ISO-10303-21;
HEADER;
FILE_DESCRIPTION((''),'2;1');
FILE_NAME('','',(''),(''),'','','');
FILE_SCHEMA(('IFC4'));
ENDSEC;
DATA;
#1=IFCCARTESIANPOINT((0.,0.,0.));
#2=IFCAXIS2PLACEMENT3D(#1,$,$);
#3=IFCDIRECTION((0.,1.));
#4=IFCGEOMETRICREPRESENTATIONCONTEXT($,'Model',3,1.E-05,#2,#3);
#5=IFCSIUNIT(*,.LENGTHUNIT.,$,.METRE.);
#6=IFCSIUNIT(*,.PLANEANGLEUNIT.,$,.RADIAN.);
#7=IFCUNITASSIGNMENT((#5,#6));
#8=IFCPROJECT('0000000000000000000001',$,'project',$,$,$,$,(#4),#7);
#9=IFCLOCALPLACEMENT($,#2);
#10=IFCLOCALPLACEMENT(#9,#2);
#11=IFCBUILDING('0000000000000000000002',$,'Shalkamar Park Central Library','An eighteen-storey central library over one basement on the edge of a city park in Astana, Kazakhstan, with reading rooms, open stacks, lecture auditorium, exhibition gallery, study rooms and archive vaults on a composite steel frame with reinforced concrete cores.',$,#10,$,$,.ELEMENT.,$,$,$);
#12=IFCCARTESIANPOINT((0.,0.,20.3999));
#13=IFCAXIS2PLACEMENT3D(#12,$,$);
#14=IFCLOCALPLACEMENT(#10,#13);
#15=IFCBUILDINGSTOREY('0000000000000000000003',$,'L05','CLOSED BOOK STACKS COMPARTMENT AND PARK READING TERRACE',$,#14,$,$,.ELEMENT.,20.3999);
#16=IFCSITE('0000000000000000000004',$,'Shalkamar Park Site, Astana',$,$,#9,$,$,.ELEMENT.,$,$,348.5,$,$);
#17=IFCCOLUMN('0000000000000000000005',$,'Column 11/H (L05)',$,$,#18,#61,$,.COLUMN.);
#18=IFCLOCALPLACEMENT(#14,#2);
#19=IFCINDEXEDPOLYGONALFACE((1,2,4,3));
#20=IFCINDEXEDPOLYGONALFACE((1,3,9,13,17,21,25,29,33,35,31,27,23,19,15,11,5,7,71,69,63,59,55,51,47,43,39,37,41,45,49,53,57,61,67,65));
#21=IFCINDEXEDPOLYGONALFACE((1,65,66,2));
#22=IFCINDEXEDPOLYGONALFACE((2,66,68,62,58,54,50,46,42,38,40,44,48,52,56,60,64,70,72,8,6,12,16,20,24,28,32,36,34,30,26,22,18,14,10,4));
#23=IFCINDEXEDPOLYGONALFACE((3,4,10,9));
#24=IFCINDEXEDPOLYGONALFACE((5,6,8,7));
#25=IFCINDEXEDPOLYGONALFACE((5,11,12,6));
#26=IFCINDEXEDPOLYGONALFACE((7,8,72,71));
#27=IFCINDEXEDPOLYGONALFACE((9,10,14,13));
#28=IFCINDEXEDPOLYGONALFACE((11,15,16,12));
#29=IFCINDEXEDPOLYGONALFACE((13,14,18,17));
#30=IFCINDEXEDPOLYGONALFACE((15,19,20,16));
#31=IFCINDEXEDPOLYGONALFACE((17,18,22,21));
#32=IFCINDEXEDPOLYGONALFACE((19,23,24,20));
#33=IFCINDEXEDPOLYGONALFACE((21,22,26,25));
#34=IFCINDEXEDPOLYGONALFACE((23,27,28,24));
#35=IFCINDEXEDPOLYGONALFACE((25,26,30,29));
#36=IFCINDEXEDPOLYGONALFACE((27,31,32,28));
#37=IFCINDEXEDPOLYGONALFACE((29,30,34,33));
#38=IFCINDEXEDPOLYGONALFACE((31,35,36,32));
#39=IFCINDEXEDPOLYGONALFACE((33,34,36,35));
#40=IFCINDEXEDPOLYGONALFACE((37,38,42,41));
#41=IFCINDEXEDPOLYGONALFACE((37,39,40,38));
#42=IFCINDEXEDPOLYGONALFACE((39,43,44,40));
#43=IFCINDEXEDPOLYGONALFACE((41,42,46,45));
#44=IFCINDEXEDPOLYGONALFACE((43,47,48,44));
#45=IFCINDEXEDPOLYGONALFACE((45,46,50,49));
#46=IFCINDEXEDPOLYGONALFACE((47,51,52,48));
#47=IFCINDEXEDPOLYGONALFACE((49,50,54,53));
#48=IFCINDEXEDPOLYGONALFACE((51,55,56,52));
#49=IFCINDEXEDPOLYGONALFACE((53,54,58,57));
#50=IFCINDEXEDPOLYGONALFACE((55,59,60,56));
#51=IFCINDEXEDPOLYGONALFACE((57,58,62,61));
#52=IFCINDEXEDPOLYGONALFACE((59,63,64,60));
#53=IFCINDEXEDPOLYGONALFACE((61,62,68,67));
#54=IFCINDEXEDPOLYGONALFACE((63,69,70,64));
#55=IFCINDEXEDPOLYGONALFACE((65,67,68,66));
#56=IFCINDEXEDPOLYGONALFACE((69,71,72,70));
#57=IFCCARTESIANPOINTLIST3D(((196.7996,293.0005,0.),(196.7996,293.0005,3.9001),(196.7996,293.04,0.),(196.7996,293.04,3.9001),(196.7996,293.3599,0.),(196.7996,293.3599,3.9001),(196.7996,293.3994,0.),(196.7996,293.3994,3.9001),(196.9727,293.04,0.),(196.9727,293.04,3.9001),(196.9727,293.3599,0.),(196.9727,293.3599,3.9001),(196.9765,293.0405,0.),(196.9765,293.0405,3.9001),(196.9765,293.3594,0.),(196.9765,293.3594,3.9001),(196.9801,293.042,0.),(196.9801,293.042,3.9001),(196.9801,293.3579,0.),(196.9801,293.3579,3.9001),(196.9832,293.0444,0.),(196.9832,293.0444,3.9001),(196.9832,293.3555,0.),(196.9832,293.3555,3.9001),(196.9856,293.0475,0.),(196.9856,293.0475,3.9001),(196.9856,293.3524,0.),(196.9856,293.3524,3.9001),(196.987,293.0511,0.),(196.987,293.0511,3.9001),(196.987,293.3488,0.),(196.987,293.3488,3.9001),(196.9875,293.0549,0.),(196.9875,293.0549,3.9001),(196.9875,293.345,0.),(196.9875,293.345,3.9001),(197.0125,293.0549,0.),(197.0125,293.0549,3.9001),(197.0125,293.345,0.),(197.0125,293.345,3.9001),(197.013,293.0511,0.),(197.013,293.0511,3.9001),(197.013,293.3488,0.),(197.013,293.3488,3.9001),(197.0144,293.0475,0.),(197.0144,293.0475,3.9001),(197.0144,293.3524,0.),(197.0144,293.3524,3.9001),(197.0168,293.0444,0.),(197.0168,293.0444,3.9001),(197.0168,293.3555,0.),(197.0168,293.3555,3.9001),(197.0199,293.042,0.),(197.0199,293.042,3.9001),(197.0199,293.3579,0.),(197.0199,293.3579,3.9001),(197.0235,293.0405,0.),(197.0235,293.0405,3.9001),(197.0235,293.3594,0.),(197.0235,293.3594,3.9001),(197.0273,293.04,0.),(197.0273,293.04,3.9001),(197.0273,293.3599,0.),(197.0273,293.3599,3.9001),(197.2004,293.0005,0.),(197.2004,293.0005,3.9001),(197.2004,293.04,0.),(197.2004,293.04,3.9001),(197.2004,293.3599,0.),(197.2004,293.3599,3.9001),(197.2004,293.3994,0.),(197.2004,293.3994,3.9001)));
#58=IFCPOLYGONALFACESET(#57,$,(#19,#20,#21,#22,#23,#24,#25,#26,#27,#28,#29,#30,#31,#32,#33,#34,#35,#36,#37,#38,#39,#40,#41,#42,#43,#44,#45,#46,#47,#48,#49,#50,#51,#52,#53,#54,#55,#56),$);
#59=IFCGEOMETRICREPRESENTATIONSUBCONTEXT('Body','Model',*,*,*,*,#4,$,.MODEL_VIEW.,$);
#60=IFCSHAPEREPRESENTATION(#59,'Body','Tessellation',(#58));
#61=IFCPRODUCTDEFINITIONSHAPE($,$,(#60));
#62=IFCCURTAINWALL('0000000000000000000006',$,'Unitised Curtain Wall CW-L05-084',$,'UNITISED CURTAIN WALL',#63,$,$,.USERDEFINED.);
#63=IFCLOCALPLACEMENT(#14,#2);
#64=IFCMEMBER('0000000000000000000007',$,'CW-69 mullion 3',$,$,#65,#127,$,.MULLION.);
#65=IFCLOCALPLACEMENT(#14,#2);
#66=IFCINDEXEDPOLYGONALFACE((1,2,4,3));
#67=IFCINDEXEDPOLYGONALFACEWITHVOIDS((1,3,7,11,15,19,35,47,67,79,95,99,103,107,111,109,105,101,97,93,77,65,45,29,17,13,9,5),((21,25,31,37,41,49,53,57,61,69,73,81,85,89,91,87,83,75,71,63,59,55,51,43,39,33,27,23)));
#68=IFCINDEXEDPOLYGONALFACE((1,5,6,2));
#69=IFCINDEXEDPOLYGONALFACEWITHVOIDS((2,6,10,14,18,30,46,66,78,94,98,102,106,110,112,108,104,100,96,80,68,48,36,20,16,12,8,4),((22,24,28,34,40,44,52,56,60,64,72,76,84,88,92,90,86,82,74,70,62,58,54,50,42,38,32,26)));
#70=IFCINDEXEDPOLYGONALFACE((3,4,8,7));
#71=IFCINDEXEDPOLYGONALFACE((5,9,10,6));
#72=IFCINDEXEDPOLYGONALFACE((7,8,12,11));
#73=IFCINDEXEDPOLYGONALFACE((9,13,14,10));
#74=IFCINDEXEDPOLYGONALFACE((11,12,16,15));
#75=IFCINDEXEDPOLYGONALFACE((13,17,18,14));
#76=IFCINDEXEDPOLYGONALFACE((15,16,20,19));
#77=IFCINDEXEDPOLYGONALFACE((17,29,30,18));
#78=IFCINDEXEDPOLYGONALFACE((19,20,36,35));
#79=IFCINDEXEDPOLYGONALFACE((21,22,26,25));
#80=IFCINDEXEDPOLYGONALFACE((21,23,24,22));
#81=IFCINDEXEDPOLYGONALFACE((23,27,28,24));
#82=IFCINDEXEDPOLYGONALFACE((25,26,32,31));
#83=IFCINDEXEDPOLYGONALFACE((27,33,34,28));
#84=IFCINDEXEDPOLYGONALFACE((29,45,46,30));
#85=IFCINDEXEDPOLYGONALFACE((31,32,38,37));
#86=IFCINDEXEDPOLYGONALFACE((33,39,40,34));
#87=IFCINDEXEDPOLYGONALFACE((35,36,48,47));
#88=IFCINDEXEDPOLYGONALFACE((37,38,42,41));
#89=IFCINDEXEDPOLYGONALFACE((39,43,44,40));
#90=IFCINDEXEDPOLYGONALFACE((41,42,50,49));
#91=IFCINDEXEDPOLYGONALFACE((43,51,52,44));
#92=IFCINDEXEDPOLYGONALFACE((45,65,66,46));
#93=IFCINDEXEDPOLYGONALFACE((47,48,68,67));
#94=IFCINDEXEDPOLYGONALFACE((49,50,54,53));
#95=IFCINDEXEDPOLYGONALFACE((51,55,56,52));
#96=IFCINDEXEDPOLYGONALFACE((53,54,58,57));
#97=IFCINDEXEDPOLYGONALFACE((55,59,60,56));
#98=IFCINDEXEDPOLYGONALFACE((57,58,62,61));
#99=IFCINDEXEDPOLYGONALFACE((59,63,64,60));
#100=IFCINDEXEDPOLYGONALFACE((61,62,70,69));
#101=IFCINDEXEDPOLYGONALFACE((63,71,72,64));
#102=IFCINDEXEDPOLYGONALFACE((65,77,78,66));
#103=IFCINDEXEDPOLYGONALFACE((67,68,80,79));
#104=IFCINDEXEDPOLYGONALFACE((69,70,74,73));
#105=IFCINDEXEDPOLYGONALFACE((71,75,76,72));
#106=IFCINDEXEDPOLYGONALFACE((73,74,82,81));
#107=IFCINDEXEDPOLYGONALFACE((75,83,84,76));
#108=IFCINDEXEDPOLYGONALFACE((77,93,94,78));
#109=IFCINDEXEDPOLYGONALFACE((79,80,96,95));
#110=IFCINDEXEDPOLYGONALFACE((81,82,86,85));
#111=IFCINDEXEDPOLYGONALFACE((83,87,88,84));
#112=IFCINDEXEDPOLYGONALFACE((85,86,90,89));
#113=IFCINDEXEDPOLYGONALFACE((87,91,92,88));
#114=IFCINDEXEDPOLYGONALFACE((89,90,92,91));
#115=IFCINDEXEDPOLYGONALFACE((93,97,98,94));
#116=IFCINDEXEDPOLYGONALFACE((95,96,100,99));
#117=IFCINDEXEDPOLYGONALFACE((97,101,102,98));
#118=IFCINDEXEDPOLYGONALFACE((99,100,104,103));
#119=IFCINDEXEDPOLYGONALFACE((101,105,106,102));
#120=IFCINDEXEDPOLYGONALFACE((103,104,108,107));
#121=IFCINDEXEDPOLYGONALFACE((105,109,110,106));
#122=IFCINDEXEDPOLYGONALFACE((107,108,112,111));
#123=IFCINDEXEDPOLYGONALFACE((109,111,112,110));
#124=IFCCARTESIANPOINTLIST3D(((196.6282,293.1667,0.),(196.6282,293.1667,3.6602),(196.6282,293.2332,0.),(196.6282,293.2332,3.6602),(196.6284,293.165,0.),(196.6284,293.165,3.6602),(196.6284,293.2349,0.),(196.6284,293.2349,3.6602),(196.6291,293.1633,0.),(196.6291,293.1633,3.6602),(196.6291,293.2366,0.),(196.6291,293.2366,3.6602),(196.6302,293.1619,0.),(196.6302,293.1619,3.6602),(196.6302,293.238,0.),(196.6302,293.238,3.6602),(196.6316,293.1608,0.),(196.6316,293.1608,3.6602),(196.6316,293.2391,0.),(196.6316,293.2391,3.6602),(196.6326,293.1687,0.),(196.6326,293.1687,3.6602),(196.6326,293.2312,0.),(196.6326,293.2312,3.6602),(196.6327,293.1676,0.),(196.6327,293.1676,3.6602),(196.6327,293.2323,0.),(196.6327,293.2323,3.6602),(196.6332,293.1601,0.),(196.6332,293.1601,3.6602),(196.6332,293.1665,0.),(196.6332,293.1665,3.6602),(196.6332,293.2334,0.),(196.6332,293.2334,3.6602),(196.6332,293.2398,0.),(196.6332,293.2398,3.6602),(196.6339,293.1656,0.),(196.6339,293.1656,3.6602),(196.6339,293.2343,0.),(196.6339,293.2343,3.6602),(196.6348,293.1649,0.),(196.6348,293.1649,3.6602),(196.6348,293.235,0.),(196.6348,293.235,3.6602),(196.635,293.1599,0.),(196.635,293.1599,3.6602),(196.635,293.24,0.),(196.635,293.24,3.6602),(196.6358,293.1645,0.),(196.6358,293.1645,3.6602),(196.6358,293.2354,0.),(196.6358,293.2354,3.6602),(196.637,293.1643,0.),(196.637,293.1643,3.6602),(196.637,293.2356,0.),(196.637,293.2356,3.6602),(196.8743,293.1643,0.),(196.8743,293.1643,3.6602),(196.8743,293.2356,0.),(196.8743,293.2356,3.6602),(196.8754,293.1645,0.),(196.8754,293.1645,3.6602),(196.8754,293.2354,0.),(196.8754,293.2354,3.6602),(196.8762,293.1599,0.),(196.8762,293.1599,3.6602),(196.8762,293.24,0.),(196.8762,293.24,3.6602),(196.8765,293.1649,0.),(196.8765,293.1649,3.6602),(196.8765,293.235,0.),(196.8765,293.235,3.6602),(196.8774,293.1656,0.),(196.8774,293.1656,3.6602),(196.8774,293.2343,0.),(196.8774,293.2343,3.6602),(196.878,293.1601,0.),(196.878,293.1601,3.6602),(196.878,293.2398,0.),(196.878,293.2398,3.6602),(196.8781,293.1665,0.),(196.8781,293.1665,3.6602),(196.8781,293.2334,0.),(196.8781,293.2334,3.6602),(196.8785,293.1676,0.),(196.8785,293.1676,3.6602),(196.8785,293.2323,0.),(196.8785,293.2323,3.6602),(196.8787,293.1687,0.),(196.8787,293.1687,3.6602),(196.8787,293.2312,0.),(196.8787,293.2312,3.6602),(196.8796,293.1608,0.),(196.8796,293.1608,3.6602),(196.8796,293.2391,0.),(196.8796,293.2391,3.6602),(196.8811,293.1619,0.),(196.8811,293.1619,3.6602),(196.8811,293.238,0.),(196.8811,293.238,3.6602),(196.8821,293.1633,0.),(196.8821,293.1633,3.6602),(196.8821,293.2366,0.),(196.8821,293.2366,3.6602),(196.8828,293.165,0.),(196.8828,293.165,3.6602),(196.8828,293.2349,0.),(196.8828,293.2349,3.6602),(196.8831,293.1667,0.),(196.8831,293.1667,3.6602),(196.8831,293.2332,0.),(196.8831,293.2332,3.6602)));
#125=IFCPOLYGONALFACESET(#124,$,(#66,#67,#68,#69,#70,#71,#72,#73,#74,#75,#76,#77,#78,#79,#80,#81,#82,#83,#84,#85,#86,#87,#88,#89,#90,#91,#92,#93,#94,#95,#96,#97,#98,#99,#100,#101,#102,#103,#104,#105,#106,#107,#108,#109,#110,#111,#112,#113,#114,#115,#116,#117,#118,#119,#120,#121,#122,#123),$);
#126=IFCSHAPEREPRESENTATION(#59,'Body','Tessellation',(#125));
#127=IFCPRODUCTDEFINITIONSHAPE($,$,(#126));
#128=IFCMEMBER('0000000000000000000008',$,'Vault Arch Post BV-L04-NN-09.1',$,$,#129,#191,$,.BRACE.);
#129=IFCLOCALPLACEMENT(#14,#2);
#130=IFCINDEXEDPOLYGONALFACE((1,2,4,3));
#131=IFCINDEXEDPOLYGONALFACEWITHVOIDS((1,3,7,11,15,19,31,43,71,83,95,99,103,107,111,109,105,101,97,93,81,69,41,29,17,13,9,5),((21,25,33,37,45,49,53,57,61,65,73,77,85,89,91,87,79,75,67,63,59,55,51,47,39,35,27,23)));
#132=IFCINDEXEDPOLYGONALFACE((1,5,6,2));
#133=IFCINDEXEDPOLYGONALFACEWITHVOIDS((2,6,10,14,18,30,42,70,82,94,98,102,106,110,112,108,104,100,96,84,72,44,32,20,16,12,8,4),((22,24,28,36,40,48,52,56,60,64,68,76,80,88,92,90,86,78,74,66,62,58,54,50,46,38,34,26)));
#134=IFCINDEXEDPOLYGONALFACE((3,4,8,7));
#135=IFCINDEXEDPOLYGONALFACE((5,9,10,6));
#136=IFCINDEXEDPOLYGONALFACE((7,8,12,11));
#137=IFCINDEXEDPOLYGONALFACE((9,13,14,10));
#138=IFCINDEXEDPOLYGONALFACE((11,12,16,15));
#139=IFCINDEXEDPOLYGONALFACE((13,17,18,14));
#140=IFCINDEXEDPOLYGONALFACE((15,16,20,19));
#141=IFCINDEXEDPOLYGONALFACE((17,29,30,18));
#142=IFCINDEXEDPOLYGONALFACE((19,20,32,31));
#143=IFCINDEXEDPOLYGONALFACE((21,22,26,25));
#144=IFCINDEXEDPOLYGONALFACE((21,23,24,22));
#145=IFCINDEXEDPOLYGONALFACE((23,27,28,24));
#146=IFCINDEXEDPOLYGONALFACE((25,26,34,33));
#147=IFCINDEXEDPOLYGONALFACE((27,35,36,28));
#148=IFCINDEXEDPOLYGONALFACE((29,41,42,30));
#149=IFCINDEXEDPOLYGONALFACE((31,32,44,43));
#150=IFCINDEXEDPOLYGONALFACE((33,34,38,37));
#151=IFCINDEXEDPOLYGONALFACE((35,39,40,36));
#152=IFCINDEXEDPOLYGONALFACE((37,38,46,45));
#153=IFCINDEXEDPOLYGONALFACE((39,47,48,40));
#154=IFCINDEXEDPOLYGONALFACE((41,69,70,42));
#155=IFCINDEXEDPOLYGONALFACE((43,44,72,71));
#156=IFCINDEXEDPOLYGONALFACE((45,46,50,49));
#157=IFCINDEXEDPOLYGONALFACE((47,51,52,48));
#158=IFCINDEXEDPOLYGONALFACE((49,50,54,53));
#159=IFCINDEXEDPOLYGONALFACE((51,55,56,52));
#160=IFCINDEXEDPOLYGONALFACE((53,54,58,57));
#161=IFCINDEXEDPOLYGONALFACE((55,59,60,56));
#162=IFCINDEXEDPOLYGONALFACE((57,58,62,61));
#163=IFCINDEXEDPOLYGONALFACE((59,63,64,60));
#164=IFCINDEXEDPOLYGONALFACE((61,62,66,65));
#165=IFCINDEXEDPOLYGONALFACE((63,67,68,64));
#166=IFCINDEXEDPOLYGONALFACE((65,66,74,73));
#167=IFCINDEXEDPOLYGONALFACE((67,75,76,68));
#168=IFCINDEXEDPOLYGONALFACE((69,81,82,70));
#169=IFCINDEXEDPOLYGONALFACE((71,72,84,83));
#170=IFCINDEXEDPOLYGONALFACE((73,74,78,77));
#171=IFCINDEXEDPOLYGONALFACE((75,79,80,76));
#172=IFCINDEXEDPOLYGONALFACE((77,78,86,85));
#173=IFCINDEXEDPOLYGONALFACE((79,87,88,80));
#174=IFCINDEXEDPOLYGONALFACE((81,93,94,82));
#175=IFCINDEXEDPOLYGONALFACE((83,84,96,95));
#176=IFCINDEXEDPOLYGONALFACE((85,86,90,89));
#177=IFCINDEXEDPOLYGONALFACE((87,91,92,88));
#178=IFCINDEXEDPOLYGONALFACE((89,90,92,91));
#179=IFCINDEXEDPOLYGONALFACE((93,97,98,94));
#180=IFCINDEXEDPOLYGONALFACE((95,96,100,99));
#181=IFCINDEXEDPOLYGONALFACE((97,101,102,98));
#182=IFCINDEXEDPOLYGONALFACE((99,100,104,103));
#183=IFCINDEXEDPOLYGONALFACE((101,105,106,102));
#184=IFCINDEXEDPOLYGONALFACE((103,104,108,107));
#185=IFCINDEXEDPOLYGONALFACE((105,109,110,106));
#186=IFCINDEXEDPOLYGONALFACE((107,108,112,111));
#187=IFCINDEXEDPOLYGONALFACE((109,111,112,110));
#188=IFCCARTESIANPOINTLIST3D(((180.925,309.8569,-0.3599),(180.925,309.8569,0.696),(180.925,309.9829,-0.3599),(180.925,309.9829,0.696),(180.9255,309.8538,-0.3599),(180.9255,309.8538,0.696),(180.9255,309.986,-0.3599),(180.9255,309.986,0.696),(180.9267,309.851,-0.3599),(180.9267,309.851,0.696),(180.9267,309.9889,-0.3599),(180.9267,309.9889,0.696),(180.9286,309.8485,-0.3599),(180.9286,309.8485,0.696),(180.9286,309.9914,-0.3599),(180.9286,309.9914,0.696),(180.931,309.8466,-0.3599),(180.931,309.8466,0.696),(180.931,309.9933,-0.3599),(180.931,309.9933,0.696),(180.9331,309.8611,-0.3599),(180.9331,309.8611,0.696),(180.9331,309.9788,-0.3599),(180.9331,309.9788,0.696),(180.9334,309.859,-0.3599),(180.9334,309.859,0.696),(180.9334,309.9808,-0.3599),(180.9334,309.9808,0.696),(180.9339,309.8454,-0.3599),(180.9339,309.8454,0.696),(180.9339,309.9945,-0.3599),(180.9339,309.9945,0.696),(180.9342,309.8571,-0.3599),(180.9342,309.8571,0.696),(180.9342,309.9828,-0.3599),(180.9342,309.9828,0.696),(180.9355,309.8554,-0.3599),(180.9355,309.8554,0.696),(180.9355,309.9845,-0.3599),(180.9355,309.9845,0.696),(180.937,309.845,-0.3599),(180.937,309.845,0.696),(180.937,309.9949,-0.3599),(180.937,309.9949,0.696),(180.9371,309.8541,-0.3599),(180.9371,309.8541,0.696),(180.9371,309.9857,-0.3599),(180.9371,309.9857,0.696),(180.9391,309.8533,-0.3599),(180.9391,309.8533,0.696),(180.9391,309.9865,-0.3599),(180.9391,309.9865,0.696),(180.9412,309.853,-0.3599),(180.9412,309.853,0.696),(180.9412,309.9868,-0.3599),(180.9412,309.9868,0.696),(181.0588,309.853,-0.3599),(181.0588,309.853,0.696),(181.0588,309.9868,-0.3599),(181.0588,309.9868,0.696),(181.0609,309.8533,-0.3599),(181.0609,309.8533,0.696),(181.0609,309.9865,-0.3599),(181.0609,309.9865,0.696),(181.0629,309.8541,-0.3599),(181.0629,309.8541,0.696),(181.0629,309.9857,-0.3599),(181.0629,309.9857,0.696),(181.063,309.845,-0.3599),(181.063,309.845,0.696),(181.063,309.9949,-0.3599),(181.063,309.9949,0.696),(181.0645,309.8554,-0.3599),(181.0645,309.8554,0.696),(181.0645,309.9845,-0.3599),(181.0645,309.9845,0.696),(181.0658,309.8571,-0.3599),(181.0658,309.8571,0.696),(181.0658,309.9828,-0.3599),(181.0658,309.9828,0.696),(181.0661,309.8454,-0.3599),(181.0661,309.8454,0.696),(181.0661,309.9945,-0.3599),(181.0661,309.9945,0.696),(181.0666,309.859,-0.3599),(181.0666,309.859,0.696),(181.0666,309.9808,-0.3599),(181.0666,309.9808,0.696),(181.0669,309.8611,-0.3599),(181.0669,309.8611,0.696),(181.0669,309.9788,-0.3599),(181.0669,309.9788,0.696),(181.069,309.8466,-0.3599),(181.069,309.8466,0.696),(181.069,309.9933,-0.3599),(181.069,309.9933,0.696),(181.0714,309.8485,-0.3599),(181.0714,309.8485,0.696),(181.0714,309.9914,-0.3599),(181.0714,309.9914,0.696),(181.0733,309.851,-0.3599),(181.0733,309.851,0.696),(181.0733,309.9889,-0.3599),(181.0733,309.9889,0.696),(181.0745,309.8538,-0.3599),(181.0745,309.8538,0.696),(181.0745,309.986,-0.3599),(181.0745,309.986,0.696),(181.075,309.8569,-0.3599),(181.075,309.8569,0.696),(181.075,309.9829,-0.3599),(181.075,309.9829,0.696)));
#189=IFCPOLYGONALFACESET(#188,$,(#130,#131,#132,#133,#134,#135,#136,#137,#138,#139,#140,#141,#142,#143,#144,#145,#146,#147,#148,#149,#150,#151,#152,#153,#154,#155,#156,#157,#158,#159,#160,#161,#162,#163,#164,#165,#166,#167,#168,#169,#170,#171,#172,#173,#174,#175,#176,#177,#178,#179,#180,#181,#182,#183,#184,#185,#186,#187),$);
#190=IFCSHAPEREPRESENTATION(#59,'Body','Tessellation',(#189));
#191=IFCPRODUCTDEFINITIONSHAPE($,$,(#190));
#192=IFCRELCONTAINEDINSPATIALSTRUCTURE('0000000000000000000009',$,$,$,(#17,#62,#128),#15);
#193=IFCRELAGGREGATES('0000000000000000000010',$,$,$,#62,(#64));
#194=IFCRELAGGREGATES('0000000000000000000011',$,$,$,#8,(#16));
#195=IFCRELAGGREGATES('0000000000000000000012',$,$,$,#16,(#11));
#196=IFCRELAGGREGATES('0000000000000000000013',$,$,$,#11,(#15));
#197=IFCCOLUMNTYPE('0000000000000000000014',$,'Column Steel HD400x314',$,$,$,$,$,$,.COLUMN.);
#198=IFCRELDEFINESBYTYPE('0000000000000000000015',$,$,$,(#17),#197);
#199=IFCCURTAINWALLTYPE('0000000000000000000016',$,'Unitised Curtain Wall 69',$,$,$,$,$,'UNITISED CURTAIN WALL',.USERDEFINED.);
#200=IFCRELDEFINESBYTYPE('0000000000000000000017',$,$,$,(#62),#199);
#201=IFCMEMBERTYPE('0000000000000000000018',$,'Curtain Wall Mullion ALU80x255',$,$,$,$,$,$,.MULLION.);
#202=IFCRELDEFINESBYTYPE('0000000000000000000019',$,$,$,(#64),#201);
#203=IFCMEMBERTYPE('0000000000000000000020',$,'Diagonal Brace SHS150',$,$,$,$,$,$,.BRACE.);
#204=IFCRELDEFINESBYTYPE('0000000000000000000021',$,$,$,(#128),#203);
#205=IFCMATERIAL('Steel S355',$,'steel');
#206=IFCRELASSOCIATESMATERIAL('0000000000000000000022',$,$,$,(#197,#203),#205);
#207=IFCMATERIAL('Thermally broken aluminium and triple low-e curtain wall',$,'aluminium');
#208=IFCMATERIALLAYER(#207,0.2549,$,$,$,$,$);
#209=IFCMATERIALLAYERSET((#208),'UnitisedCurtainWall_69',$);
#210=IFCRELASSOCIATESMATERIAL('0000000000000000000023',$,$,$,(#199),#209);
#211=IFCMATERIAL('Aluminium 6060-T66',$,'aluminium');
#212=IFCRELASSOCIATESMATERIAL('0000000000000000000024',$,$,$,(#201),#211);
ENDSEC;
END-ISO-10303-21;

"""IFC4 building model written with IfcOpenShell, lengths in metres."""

from ifc_helpers import new_model, si_unit, direction, frame, origin, origin_2d, place, context, subcontext, project, spatial, hollow_rectangle, i_section, extrude, material, layer, layer_set, material_profile, profile_set, type_object, element, aggregate, save


model = new_model("IFC4")

# Units and contexts
model_context = context("Model", 3, precision=1e-05, world=origin(), true_north=direction((0.0, 1.0)))
body_context = subcontext(model_context, "Body", "Model", "MODEL_VIEW")
ifc_project = project(units=[si_unit("LENGTHUNIT", "METRE"), si_unit("PLANEANGLEUNIT", "RADIAN")], contexts=[model_context])

# Site, building, storey
site_placement = place(None, origin())
site = spatial("IfcSite", under=ifc_project, at=site_placement, Name="Shalkamar Park Site, Astana", CompositionType="ELEMENT", RefElevation=348.5)
building_placement = place(site_placement, origin())
building = spatial("IfcBuilding", under=site, at=building_placement, Name="Shalkamar Park Central Library", Description="An eighteen-storey central library over one basement on the edge of a city park in Astana, Kazakhstan, with reading rooms, open stacks, lecture auditorium, exhibition gallery, study rooms and archive vaults on a composite steel frame with reinforced concrete cores.", CompositionType="ELEMENT")
storey_placement = place(building_placement, frame((0.0, 0.0, 20.3999)))
storey = spatial("IfcBuildingStorey", under=building, at=storey_placement, Name="L05", Description="CLOSED BOOK STACKS COMPARTMENT AND PARK READING TERRACE", CompositionType="ELEMENT", Elevation=20.3999)

# Column
ifc_material_1 = material(Name="Steel S355", Category="steel")
ifc_material_profile_1 = material_profile(ifc_material_1, i_section(OverallWidth=0.4009, OverallDepth=0.3989, WebThickness=0.0249, FlangeThickness=0.0396, FilletRadius=0.0149, at=origin_2d()), Name="HD 400x314")
ifc_profile_set_1 = profile_set([ifc_material_profile_1], Name="Steel S355")
column_type = type_object("IfcColumnType", Name="Column Steel HD400x314", PredefinedType="COLUMN", material=ifc_profile_set_1)
column_placement = place(storey_placement, frame((197.0, 293.2, 0.0), z_axis=(0.0, 0.0, 1.0), x_axis=(1.0, 0.0, 0.0)))
element("IfcColumn", 1, at=column_placement, inside=storey, type_object=column_type, Name="Column 11/H (L05)", PredefinedType="COLUMN", context=body_context, shape_type="SweptSolid", body=[
    extrude(i_section(OverallWidth=0.4009, OverallDepth=0.3989, WebThickness=0.0249, FlangeThickness=0.0396, FilletRadius=0.0149, at=origin_2d()), origin(), (0.0, 0.0, 1.0), 3.9001),
])

# Curtain wall, member
ifc_material_2 = material(Name="Thermally broken aluminium and triple low-e curtain wall", Category="aluminium")
ifc_layer = layer(ifc_material_2, 0.2549)
ifc_layer_set = layer_set([ifc_layer], Name="UnitisedCurtainWall_69")
curtain_wall_type = type_object("IfcCurtainWallType", Name="Unitised Curtain Wall 69", ElementType="UNITISED CURTAIN WALL", PredefinedType="USERDEFINED", material=ifc_layer_set)
curtain_wall_placement = place(storey_placement, origin())
curtain_wall = element("IfcCurtainWall", 2, at=curtain_wall_placement, inside=storey, type_object=curtain_wall_type, Name="Unitised Curtain Wall CW-L05-084", ObjectType="UNITISED CURTAIN WALL", PredefinedType="USERDEFINED")
ifc_material_3 = material(Name="Aluminium 6060-T66", Category="aluminium")
ifc_material_profile_2 = material_profile(ifc_material_3, hollow_rectangle(XDim=0.0801, YDim=0.2549, WallThickness=0.0044, InnerFilletRadius=0.0044, OuterFilletRadius=0.0068, at=origin_2d()), Name="ALU 80x255x4.5")
ifc_profile_set_2 = profile_set([ifc_material_profile_2], Name="Aluminium 6060-T66")
member_type_1 = type_object("IfcMemberType", Name="Curtain Wall Mullion ALU80x255", PredefinedType="MULLION", material=ifc_profile_set_2)
member_1_placement = place(storey_placement, frame((196.7556, 293.2, 0.0), z_axis=(0.0, 0.0, 1.0), x_axis=(0.0, 1.0, 0.0)))
member_1 = element("IfcMember", 3, at=member_1_placement, type_object=member_type_1, Name="CW-69 mullion 3", PredefinedType="MULLION", context=body_context, shape_type="SweptSolid", body=[
    extrude(hollow_rectangle(XDim=0.0801, YDim=0.2549, WallThickness=0.0044, InnerFilletRadius=0.0044, OuterFilletRadius=0.0068, at=origin_2d()), origin(), (0.0, 0.0, 1.0), 3.6602),
])
aggregate(curtain_wall, [member_1])

# Member
ifc_material_profile_3 = material_profile(ifc_material_1, hollow_rectangle(XDim=0.1499, YDim=0.1499, WallThickness=0.0081, InnerFilletRadius=0.0081, OuterFilletRadius=0.012, at=origin_2d()), Name="SHS 150x150x8")
ifc_profile_set_3 = profile_set([ifc_material_profile_3], Name="Steel S355")
member_type_2 = type_object("IfcMemberType", Name="Diagonal Brace SHS150", PredefinedType="BRACE", material=ifc_profile_set_3)
member_2_placement = place(storey_placement, frame((181.0, 309.9199, -0.3599), z_axis=(0.0, 0.0, 1.0), x_axis=(1.0, 0.0, 0.0)))
element("IfcMember", 4, at=member_2_placement, inside=storey, type_object=member_type_2, Name="Vault Arch Post BV-L04-NN-09.1", PredefinedType="BRACE", context=body_context, shape_type="SweptSolid", body=[
    extrude(hollow_rectangle(XDim=0.1499, YDim=0.1499, WallThickness=0.0081, InnerFilletRadius=0.0081, OuterFilletRadius=0.012, at=origin_2d()), origin(), (0.0, 0.0, 1.0), 1.0559),
])

save(model, "model.ifc")
